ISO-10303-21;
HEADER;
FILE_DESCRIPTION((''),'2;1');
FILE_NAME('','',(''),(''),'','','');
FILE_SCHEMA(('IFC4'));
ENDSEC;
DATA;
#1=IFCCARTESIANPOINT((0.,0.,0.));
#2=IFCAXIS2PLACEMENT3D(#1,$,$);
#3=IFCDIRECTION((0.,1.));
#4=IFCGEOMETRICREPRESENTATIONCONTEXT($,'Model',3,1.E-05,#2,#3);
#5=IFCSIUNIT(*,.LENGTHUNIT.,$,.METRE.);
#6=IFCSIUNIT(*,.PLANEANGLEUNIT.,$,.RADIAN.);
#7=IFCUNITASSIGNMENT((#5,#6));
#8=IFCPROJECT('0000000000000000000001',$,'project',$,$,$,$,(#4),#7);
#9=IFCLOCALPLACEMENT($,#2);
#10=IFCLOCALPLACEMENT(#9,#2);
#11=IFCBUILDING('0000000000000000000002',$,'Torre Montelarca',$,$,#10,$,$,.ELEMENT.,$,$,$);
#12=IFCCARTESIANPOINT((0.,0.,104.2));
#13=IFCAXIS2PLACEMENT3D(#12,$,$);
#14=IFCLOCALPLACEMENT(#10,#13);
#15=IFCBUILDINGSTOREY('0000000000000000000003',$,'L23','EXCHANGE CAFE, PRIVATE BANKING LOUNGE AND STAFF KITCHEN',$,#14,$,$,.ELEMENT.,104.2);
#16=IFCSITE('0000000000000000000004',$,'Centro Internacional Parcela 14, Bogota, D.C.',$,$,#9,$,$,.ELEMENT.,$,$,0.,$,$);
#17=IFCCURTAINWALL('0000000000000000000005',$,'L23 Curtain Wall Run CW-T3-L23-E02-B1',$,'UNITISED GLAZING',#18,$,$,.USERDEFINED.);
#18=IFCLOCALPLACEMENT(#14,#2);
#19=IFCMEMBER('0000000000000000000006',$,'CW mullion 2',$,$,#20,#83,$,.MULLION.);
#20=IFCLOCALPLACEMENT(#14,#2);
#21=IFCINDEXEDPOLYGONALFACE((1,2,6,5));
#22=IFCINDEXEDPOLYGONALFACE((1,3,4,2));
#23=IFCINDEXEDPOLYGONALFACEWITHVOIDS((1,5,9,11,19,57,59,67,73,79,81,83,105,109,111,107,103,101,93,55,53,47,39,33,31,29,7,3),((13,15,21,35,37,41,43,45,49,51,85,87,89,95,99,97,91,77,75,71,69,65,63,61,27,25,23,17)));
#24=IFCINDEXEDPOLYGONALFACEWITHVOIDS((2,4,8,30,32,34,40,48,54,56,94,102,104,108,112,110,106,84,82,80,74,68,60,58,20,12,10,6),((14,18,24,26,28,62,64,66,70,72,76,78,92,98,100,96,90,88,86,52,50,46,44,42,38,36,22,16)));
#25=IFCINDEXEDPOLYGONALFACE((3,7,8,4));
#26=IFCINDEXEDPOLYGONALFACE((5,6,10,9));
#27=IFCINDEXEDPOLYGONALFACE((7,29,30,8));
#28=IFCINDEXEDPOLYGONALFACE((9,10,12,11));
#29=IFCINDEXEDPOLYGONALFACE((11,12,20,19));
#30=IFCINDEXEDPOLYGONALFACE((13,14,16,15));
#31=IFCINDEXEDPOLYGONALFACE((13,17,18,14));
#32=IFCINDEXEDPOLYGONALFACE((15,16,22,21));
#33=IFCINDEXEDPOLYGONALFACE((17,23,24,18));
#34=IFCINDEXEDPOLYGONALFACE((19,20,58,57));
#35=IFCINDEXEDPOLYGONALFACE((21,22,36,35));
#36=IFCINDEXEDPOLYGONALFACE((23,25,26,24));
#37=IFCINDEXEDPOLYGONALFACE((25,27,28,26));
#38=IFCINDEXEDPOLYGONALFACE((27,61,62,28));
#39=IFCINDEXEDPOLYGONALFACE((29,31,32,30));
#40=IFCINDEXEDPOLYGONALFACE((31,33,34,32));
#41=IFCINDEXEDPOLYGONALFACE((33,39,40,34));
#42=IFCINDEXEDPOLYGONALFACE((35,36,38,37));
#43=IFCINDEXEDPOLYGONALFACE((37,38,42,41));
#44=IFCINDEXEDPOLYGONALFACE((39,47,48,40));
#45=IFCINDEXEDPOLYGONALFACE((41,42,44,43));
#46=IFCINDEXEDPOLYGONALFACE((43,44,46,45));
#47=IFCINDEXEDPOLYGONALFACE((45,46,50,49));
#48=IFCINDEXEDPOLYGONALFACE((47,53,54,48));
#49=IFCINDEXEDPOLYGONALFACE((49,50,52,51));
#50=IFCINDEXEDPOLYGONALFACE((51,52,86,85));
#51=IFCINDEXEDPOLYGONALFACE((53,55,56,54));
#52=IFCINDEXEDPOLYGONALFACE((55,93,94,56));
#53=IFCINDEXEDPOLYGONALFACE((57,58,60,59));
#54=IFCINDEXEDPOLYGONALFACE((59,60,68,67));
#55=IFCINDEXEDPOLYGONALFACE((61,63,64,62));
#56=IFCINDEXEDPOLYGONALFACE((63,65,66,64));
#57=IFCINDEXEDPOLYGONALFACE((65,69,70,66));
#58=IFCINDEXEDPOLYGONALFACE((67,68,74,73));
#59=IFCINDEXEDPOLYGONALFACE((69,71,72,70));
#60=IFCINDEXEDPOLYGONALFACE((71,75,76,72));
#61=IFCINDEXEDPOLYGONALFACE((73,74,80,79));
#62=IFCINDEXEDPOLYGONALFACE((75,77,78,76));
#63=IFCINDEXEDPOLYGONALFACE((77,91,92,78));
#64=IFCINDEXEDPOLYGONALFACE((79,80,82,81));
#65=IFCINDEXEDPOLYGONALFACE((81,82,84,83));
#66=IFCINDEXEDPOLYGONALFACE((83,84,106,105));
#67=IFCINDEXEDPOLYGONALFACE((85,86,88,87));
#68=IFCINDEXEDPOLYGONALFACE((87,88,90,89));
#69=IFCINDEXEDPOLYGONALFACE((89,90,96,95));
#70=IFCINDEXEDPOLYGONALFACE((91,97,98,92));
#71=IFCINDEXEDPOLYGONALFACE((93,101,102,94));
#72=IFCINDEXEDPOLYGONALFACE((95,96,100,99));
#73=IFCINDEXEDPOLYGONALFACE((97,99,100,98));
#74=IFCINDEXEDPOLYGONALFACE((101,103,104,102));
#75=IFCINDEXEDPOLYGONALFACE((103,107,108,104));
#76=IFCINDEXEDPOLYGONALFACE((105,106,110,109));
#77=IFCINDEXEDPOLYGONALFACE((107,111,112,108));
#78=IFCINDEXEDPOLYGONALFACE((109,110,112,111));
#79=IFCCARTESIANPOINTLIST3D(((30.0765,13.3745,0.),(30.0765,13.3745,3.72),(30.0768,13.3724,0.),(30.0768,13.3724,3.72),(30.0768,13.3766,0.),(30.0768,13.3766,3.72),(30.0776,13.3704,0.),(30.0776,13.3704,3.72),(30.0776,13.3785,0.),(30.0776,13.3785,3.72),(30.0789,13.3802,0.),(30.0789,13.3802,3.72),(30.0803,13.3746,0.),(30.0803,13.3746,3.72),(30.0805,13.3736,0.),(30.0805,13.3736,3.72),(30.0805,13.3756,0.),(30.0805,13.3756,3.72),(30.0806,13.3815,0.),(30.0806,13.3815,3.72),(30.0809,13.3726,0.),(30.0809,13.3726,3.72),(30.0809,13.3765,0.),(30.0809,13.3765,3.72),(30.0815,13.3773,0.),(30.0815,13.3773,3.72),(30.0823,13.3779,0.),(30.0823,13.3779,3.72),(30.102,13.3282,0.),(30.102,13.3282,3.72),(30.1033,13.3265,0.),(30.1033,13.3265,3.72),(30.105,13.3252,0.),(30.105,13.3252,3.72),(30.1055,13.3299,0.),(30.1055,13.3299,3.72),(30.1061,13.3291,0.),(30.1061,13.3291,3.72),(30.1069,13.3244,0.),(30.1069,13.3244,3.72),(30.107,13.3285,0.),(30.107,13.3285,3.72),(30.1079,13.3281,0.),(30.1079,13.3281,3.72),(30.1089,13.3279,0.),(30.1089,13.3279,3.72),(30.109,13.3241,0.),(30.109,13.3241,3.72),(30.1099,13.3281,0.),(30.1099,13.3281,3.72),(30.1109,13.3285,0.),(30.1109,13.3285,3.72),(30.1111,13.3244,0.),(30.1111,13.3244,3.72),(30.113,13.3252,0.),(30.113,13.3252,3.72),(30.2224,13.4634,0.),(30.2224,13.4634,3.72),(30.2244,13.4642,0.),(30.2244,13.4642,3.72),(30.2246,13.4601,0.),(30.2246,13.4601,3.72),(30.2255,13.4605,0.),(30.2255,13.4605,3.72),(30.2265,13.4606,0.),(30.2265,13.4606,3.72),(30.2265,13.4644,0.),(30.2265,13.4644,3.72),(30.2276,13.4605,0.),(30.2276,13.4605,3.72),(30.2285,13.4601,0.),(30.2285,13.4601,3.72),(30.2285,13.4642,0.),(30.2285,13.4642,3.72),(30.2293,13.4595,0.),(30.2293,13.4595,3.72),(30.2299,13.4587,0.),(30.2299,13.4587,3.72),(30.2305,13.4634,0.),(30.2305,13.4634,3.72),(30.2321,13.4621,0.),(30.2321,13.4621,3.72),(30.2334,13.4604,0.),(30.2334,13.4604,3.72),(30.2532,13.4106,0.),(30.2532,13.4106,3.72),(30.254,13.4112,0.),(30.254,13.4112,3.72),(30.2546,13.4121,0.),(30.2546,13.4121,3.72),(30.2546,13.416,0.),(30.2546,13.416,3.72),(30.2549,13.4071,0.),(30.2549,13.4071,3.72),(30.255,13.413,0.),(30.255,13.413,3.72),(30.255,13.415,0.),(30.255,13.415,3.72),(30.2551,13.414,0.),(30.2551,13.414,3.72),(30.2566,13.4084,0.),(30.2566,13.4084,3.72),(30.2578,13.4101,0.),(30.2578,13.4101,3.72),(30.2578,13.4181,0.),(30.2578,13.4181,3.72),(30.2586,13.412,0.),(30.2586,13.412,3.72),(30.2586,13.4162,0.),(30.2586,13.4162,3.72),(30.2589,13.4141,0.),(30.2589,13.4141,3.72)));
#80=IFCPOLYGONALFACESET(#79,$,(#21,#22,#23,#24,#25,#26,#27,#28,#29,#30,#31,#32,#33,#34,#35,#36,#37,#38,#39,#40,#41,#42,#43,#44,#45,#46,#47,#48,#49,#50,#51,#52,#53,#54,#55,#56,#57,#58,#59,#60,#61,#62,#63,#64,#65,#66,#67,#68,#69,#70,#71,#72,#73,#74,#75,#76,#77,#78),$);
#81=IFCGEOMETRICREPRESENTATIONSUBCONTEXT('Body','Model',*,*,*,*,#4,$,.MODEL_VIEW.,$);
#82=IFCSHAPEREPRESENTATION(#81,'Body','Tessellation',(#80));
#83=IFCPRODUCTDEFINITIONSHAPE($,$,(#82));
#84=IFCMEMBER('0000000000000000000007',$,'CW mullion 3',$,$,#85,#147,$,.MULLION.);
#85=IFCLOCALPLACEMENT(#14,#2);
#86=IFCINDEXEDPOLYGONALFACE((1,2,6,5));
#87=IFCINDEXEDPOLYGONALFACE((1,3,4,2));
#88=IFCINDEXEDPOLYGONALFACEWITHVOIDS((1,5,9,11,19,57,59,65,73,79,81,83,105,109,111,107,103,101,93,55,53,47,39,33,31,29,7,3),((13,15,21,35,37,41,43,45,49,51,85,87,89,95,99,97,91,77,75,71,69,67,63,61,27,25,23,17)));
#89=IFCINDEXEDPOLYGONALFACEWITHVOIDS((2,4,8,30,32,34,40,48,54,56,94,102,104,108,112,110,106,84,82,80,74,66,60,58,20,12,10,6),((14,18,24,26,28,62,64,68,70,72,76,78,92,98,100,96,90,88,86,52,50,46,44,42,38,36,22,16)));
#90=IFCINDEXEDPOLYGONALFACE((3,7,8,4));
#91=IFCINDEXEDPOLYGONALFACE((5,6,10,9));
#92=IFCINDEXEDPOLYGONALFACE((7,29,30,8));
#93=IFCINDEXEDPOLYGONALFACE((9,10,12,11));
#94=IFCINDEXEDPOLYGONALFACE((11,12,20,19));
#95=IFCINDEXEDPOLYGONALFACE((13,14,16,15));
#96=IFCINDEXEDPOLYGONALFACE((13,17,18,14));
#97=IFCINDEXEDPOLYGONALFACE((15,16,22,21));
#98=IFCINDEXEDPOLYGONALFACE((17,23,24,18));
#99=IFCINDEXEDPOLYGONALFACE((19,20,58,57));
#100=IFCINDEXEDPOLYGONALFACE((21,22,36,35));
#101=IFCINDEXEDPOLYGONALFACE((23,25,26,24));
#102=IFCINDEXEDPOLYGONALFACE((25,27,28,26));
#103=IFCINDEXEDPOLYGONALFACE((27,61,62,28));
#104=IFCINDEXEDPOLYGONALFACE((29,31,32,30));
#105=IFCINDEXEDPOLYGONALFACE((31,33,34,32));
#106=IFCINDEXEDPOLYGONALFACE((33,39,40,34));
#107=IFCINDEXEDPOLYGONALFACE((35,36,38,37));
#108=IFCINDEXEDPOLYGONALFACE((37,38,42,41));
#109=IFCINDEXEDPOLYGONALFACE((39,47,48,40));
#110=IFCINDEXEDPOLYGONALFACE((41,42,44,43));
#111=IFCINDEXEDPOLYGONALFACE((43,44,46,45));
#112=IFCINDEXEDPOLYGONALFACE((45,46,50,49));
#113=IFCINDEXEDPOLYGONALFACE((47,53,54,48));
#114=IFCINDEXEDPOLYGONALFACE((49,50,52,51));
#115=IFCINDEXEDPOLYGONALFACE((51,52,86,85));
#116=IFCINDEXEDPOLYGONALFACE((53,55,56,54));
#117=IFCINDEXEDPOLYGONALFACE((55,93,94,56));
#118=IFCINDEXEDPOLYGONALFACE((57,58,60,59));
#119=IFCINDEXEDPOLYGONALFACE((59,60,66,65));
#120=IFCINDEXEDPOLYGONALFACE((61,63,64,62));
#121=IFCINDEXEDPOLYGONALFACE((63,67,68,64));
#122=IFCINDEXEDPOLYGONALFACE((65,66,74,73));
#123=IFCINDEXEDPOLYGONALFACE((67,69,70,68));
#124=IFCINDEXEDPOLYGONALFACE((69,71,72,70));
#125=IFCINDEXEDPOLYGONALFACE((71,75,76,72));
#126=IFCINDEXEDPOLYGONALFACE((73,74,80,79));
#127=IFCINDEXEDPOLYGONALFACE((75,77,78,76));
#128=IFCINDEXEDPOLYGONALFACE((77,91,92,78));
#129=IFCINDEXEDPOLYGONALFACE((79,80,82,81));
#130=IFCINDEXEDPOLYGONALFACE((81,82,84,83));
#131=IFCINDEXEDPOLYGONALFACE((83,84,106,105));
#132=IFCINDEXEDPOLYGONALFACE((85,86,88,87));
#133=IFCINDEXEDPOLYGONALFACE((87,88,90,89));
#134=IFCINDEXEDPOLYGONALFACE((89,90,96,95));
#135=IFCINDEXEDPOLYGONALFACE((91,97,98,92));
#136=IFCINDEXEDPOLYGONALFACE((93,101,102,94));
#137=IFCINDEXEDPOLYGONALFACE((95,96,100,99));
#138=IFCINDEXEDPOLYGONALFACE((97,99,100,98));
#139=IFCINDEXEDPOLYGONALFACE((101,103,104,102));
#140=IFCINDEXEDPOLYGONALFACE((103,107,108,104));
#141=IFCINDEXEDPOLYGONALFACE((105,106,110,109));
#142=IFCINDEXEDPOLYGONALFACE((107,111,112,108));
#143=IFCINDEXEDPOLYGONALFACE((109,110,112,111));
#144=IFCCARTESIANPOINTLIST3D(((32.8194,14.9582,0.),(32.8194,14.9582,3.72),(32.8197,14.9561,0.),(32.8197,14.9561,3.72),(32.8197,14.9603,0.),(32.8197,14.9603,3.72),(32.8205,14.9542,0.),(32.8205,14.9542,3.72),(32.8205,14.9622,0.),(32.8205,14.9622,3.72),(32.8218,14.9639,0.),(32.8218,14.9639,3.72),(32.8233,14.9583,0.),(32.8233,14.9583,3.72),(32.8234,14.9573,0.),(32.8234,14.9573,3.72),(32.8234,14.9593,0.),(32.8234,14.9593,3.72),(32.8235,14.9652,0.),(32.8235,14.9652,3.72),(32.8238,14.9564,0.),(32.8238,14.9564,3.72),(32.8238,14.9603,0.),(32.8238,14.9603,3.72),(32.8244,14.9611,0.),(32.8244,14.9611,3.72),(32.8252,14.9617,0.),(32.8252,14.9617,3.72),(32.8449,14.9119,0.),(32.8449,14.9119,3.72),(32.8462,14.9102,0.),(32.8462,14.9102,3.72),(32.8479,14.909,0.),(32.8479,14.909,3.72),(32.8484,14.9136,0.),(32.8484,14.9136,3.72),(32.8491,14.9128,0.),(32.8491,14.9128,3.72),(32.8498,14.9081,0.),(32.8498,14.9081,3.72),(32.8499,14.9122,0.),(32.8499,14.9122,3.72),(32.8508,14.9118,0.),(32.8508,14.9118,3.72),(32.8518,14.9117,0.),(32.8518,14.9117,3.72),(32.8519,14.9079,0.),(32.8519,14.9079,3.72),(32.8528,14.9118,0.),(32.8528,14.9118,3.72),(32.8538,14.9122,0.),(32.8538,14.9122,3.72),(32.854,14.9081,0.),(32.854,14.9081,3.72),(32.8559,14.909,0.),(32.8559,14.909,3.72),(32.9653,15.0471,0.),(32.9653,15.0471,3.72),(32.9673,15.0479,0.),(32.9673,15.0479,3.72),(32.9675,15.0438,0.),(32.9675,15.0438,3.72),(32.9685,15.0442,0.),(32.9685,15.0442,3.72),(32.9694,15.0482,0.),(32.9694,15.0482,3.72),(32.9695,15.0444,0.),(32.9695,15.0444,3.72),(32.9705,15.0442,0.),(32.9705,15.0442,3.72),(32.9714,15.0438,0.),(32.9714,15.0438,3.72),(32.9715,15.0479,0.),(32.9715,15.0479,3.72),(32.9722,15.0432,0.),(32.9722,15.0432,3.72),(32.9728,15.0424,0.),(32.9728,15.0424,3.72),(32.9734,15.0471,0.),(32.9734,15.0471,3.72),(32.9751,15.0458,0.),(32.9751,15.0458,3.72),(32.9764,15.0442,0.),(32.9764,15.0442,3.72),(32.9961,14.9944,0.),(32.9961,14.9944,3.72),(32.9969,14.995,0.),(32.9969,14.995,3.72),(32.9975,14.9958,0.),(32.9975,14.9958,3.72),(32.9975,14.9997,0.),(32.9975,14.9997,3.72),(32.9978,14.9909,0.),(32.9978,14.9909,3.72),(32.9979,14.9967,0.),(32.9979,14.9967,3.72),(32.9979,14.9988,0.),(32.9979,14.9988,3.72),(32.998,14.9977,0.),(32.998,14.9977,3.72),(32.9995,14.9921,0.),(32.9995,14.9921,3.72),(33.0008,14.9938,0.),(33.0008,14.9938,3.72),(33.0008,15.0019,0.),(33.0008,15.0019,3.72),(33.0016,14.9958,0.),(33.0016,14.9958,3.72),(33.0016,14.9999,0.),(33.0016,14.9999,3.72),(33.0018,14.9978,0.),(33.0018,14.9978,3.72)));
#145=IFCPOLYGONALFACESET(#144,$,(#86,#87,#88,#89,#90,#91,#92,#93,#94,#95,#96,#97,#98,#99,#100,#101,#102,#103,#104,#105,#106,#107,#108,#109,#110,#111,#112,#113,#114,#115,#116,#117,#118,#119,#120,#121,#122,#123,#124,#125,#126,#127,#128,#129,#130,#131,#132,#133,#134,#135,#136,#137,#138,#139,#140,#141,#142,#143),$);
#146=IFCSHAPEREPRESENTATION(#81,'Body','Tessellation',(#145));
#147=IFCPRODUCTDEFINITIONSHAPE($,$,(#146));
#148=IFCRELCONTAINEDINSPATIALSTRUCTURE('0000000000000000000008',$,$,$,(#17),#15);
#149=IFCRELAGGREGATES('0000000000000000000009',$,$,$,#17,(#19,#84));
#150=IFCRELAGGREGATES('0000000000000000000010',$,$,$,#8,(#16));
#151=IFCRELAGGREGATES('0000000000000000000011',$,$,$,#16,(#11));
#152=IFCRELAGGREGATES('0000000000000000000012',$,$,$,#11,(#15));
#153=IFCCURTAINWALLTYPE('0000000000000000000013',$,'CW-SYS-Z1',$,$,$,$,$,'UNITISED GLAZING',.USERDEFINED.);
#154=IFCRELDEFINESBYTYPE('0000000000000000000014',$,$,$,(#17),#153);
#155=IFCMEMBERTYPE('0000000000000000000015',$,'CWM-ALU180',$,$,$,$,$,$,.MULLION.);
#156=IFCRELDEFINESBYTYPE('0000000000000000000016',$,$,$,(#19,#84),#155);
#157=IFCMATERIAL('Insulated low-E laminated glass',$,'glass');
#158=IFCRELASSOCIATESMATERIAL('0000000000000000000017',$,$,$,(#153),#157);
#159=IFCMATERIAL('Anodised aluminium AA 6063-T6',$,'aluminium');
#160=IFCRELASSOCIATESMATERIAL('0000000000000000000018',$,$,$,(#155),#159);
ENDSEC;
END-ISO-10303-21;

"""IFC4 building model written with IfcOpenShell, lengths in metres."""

from ifc_helpers import new_model, si_unit, direction, frame, origin, origin_2d, place, context, subcontext, project, spatial, hollow_rectangle, extrude, source, transform, mapped, material, material_profile, profile_set, type_object, element, aggregate, save


model = new_model("IFC4")

# Units and contexts
model_context = context("Model", 3, precision=1e-05, world=origin(), true_north=direction((0.0, 1.0)))
body_context = subcontext(model_context, "Body", "Model", "MODEL_VIEW")
ifc_project = project(units=[si_unit("LENGTHUNIT", "METRE"), si_unit("PLANEANGLEUNIT", "RADIAN")], contexts=[model_context])

# Site, building, storey
site_placement = place(None, origin())
site = spatial("IfcSite", under=ifc_project, at=site_placement, Name="Centro Internacional Parcela 14, Bogota, D.C.", CompositionType="ELEMENT", RefElevation=0.0)
building_placement = place(site_placement, origin())
building = spatial("IfcBuilding", under=site, at=building_placement, Name="Torre Montelarca", CompositionType="ELEMENT")
storey_placement = place(building_placement, frame((0.0, 0.0, 104.2)))
storey = spatial("IfcBuildingStorey", under=building, at=storey_placement, Name="L23", Description="EXCHANGE CAFE, PRIVATE BANKING LOUNGE AND STAFF KITCHEN", CompositionType="ELEMENT", Elevation=104.2)

# Curtain wall
ifc_material_1 = material(Name="Insulated low-E laminated glass", Category="glass")
curtain_wall_type = type_object("IfcCurtainWallType", Name="CW-SYS-Z1", ElementType="UNITISED GLAZING", PredefinedType="USERDEFINED", material=ifc_material_1)
ifc_material_2 = material(Name="Anodised aluminium AA 6063-T6", Category="aluminium")
curtain_wall_1_placement = place(storey_placement, origin())
curtain_wall_1 = element("IfcCurtainWall", 1, at=curtain_wall_1_placement, inside=storey, type_object=curtain_wall_type, Name="L23 Curtain Wall Run CW-T3-L23-E02-B1", ObjectType="UNITISED GLAZING", PredefinedType="USERDEFINED")

# Members
ifc_material_profile_1 = material_profile(ifc_material_2, hollow_rectangle(XDim=0.0649, YDim=0.1799, WallThickness=0.0039, InnerFilletRadius=0.0039, OuterFilletRadius=0.0081, at=origin_2d()), Name="ALU65X180X4", Category="aluminium")
ifc_profile_set_1 = profile_set([ifc_material_profile_1], Name="Anodised aluminium AA 6063-T6")
member_type_1 = type_object("IfcMemberType", Name="CWM-ALU180", PredefinedType="MULLION", material=ifc_profile_set_1)
shared_shape_1 = source(origin(), body_context, "Body", "SweptSolid", [
    extrude(hollow_rectangle(XDim=0.0649, YDim=0.1799, WallThickness=0.0039, InnerFilletRadius=0.0039, OuterFilletRadius=0.0081, at=origin_2d()), origin(), (0.0, 0.0, 1.0), 3.72),
])
member_1_placement = place(storey_placement, frame((30.1677, 13.3943, 0.0), z_axis=(0.0, 0.0, 1.0), x_axis=(-0.500001, 0.866025, 0.0)))
member_1 = element("IfcMember", 2, at=member_1_placement, type_object=member_type_1, Name="CW mullion 2", PredefinedType="MULLION", context=body_context, shape_type="MappedRepresentation", body=[
    mapped(shared_shape_1, transform((0.0, 0.0, 0.0), scale=1.0)),
])
member_2_placement = place(storey_placement, frame((32.9106, 14.978, 0.0), z_axis=(0.0, 0.0, 1.0), x_axis=(-0.500001, 0.866025, 0.0)))
member_2 = element("IfcMember", 3, at=member_2_placement, type_object=member_type_1, Name="CW mullion 3", PredefinedType="MULLION", context=body_context, shape_type="MappedRepresentation", body=[
    mapped(shared_shape_1, transform((0.0, 0.0, 0.0), scale=1.0)),
])

aggregate(curtain_wall_1, [member_1, member_2])

save(model, "model.ifc")
